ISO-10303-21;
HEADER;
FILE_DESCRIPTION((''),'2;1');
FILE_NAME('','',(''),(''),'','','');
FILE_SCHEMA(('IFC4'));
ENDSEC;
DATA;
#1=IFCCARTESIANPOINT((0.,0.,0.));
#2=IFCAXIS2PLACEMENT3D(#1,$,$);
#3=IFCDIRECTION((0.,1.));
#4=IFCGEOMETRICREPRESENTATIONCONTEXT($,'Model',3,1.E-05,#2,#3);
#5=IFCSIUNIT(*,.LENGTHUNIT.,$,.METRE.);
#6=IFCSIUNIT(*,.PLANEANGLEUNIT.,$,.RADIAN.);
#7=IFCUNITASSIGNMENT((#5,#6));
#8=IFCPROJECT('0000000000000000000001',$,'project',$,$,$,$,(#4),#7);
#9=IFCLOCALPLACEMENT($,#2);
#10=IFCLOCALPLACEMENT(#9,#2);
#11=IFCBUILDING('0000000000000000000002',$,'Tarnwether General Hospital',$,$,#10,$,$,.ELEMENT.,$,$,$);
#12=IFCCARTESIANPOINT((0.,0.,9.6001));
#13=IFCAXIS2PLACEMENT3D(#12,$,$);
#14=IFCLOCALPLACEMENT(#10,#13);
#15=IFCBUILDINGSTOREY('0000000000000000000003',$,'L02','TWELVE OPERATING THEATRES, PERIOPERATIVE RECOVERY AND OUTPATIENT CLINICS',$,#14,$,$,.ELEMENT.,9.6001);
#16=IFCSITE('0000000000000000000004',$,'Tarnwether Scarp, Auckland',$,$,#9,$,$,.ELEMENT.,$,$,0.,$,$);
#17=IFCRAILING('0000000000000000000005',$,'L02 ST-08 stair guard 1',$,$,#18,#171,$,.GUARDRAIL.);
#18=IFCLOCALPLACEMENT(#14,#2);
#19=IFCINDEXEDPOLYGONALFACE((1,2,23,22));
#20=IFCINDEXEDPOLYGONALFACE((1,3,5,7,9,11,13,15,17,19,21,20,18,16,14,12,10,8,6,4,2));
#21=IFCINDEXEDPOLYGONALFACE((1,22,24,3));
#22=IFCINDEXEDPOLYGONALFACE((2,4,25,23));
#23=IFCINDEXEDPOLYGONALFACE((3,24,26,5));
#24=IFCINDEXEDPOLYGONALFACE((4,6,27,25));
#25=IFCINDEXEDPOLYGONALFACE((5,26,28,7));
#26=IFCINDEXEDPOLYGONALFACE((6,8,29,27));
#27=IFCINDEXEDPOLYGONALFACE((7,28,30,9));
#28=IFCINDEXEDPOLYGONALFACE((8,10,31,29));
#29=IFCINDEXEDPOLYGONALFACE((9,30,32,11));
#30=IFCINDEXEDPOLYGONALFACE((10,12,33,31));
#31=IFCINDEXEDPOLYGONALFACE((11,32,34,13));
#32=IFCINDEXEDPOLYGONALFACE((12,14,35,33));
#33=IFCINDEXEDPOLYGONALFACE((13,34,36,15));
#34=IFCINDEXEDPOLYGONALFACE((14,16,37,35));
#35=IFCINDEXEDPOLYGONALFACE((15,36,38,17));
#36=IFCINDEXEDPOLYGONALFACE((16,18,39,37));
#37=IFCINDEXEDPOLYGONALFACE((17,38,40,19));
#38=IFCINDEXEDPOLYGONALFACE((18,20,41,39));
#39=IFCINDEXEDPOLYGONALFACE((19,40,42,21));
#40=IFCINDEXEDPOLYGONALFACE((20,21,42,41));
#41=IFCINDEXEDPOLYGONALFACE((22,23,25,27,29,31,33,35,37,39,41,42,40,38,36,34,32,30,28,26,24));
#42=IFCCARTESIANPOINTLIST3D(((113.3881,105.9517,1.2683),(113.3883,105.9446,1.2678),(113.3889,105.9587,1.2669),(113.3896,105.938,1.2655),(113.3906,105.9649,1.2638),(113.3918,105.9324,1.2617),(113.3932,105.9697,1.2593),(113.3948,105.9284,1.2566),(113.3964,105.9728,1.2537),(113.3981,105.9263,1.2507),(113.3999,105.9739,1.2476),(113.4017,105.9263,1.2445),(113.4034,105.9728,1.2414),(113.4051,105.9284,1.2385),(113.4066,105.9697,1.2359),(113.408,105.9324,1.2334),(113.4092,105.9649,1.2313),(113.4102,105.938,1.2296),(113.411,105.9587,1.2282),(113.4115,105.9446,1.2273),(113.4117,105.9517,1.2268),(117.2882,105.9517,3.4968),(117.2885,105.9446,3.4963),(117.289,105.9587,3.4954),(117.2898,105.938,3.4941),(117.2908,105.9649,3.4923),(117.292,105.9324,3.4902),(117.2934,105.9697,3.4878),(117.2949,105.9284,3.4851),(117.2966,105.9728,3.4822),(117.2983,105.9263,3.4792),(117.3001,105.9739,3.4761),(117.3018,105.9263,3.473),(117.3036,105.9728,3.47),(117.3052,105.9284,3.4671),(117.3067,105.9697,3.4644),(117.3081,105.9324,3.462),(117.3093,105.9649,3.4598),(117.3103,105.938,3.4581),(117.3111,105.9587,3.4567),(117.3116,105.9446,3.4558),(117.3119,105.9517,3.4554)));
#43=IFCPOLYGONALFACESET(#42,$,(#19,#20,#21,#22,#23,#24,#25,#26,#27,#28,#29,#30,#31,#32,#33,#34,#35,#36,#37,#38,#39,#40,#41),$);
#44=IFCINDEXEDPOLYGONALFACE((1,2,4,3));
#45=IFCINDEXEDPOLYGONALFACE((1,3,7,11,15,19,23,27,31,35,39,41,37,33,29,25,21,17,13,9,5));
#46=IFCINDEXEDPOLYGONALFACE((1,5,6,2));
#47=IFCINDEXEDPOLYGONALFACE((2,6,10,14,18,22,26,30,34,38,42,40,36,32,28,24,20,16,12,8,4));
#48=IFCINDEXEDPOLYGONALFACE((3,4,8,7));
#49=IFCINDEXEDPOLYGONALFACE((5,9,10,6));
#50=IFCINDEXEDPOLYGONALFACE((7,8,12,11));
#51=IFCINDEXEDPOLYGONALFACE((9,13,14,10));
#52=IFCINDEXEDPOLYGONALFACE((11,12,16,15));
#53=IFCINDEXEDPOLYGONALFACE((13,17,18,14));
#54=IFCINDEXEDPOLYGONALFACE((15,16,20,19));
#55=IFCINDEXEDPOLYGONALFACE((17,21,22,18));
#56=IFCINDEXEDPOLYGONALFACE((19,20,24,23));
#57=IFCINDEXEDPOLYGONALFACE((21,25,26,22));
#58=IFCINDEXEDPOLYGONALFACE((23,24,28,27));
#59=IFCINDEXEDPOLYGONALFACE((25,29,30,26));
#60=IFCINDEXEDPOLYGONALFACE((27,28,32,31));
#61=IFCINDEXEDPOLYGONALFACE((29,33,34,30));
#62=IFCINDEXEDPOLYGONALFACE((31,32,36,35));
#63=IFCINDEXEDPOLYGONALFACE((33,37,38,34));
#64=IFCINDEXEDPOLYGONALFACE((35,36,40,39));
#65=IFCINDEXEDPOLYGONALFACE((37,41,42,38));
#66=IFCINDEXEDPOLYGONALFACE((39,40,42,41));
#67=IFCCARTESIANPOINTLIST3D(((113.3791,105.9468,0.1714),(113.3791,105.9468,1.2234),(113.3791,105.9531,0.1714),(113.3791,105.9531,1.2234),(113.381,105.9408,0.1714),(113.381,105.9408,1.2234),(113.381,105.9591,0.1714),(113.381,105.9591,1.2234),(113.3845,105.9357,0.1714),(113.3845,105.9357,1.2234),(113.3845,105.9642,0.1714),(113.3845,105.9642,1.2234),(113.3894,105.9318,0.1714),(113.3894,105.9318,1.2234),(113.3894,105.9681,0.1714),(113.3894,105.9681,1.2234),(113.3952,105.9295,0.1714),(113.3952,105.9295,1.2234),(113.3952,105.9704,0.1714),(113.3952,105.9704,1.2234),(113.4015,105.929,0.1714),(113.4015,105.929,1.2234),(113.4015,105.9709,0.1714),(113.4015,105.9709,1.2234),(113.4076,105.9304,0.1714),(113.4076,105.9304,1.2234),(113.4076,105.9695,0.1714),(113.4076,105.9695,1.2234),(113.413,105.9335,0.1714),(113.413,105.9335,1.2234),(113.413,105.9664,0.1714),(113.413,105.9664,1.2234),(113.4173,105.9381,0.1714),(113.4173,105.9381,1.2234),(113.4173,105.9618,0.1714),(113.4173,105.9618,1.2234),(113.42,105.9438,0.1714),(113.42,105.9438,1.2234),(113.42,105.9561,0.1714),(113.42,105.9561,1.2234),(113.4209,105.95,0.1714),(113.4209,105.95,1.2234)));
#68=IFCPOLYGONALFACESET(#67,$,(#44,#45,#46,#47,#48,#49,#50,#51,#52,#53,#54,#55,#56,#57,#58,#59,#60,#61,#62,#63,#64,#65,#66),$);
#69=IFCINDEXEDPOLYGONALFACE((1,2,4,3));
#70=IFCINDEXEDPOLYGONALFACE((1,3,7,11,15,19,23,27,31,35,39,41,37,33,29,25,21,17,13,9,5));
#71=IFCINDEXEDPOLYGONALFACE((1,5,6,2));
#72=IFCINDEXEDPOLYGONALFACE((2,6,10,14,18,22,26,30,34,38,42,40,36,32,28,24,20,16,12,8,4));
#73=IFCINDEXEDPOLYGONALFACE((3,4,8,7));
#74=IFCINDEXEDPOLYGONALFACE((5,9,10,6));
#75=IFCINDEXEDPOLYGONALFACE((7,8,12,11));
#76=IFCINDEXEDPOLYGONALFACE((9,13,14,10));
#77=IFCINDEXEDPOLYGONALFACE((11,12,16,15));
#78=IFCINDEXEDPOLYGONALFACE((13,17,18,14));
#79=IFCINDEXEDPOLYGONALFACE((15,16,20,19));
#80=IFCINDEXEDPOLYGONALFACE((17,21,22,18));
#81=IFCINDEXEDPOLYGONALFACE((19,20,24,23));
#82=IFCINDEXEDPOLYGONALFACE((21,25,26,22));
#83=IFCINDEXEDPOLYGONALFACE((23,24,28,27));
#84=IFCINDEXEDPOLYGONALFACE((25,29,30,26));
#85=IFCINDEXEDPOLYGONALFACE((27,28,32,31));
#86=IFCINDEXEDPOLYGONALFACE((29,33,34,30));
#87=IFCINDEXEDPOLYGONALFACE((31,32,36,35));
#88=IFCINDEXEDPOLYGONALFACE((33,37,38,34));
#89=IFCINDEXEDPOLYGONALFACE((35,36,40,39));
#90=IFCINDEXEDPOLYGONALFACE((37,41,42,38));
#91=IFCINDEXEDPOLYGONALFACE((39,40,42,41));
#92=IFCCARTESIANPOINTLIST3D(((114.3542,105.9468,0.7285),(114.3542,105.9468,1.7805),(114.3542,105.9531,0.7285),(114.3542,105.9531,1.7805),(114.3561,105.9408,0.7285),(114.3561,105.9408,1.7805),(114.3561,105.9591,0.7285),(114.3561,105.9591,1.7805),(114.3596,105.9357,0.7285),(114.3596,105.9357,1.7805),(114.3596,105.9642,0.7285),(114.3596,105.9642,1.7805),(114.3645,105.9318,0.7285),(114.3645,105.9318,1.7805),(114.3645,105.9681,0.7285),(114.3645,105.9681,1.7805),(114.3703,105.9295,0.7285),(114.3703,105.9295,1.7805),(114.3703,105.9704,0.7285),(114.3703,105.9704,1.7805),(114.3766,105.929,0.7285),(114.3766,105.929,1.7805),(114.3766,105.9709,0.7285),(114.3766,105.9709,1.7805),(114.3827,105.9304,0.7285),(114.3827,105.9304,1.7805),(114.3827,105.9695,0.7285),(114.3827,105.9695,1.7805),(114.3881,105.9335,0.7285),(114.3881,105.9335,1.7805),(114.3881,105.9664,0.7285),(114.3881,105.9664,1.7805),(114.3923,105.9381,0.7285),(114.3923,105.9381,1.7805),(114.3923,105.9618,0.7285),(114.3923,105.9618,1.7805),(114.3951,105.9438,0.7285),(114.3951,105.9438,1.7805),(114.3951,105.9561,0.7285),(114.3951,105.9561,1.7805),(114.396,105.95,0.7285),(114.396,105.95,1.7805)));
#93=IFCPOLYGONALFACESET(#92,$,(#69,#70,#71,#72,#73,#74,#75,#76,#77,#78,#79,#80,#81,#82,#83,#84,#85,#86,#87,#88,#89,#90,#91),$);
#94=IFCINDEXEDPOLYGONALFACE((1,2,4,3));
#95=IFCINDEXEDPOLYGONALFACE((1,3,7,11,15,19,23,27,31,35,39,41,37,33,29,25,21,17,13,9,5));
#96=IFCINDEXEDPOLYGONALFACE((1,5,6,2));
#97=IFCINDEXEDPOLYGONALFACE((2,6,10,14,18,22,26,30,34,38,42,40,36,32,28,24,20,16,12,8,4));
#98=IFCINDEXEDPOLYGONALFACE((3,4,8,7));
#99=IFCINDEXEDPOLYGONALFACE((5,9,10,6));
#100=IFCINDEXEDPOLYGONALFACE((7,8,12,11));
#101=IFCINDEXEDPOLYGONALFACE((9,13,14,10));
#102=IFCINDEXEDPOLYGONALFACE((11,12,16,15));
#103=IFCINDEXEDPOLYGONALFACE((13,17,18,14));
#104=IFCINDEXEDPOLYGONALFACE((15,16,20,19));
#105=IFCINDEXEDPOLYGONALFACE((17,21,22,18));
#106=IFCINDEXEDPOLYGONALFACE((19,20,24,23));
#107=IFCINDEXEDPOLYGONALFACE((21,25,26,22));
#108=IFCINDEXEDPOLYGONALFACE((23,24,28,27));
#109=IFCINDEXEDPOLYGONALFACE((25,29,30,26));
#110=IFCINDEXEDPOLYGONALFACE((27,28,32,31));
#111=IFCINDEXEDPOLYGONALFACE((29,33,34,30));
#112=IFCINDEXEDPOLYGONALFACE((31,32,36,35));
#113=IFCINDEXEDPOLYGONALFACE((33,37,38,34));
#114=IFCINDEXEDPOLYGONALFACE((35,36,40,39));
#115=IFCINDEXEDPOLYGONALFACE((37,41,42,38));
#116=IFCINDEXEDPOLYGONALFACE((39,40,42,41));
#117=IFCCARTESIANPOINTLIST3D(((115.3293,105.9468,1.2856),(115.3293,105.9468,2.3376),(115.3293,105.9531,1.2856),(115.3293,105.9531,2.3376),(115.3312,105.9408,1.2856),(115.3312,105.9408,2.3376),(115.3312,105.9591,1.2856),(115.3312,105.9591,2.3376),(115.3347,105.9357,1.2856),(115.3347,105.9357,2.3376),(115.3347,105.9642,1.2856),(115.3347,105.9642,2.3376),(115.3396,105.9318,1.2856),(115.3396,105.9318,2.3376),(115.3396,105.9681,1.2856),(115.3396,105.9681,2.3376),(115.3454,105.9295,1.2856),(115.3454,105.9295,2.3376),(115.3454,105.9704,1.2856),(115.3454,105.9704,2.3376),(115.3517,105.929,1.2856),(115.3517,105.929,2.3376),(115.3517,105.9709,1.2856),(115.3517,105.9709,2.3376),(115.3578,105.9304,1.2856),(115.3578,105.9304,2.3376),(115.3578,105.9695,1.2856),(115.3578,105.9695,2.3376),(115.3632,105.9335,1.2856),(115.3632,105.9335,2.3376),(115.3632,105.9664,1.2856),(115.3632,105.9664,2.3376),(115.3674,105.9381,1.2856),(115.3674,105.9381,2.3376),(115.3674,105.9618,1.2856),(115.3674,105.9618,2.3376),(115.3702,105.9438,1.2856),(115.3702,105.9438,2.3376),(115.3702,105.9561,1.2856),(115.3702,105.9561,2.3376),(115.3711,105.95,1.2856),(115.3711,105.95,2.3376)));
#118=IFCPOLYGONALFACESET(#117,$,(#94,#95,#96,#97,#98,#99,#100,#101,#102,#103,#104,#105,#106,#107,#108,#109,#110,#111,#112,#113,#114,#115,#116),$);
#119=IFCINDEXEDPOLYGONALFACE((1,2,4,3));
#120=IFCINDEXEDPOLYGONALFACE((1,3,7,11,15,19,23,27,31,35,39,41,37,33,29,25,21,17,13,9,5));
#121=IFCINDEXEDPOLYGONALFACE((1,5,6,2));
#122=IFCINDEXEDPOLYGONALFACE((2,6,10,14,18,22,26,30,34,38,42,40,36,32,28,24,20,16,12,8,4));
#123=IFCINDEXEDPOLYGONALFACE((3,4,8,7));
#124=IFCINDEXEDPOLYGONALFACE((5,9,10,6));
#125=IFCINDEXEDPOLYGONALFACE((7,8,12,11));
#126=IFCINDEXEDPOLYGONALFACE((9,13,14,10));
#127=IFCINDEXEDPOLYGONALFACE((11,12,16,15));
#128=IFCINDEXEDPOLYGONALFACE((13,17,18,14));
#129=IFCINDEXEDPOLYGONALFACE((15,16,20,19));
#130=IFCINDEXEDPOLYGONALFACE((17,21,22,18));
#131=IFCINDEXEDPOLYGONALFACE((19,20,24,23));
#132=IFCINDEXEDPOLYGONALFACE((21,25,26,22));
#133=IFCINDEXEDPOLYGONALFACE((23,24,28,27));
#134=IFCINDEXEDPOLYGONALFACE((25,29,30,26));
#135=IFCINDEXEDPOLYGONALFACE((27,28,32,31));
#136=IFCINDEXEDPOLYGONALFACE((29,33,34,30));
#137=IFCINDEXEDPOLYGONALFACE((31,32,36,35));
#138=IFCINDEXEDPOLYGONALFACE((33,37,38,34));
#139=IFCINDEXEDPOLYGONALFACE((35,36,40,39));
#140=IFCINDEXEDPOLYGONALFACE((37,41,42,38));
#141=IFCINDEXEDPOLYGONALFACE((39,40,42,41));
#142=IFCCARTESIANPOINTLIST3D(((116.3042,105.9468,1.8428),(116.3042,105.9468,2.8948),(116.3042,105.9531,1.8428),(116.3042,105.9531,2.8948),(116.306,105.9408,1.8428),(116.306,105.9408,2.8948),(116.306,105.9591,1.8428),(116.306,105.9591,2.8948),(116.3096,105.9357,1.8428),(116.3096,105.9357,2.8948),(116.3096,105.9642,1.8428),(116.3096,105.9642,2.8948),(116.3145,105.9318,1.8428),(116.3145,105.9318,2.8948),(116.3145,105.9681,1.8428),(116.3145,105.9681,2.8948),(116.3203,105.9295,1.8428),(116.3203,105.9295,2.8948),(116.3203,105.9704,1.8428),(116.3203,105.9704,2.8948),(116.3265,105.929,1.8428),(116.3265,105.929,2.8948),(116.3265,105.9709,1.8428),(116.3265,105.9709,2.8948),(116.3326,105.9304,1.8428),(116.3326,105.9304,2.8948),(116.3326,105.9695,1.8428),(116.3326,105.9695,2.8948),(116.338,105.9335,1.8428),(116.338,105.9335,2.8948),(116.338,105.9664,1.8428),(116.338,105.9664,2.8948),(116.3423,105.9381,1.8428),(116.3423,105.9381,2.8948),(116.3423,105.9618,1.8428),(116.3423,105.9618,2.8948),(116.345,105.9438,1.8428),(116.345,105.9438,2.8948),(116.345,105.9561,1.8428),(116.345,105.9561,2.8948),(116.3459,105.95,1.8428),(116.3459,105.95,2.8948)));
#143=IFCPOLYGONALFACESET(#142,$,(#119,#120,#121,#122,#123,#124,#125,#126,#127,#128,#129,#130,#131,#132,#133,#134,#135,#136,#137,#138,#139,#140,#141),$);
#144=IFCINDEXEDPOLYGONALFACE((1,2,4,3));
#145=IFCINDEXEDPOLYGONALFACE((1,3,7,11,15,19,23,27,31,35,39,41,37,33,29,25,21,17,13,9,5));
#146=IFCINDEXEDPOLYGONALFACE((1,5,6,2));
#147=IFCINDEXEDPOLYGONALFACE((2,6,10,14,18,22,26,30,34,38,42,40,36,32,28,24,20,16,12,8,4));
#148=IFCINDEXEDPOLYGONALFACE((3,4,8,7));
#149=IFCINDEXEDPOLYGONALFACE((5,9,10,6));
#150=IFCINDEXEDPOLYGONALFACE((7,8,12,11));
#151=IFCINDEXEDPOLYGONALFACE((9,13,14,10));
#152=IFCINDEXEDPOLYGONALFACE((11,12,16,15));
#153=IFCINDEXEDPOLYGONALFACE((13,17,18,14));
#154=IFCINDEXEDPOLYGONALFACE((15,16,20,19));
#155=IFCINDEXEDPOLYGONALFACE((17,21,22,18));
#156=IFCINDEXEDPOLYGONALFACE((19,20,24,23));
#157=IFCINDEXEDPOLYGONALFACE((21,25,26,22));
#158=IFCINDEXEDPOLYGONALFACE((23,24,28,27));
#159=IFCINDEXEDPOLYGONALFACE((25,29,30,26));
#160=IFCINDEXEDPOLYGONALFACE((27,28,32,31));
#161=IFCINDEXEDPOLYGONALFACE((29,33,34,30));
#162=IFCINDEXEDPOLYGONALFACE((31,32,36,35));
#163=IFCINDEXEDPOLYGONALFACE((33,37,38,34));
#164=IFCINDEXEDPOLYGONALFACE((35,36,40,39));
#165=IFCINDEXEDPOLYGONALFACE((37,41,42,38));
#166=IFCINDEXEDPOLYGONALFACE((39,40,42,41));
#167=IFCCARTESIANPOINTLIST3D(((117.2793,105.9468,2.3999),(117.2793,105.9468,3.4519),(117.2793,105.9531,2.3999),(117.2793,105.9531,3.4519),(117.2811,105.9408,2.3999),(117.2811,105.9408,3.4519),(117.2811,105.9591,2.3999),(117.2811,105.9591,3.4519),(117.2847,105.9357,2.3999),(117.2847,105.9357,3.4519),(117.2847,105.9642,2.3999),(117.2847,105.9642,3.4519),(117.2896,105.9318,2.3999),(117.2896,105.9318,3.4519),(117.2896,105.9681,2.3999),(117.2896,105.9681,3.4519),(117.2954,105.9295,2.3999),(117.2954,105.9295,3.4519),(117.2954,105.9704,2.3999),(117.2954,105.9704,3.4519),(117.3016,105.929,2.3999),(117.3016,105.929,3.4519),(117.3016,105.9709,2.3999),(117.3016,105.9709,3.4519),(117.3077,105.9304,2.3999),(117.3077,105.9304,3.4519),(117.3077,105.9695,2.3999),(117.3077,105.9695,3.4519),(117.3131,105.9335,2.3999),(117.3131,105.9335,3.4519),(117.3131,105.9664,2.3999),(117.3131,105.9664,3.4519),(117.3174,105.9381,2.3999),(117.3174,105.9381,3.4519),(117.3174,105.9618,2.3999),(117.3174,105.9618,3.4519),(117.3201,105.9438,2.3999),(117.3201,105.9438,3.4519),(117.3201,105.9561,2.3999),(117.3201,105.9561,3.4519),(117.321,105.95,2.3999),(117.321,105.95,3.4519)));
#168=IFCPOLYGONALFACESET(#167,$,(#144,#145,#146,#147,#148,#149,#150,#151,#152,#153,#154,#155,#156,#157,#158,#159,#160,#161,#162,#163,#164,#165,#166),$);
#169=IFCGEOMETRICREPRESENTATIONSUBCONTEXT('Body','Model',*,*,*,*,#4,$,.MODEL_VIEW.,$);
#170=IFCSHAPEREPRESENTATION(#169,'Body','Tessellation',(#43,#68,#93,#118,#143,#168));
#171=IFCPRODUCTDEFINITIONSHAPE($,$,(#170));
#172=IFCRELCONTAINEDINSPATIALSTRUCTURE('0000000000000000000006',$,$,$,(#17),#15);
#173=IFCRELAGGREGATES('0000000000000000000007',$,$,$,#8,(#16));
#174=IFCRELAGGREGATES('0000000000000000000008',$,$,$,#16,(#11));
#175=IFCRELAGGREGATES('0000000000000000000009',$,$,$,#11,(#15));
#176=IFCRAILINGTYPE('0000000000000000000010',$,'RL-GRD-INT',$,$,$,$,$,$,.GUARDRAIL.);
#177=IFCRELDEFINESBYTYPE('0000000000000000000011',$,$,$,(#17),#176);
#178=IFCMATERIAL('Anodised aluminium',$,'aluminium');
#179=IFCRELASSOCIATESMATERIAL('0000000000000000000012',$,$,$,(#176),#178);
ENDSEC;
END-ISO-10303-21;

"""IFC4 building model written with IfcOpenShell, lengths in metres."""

from ifc_helpers import new_model, si_unit, direction, frame, origin, origin_2d, place, context, subcontext, project, spatial, circle, extrude, material, type_object, element, save


model = new_model("IFC4")

# Units and contexts
model_context = context("Model", 3, precision=1e-05, world=origin(), true_north=direction((0.0, 1.0)))
body_context = subcontext(model_context, "Body", "Model", "MODEL_VIEW")
ifc_project = project(units=[si_unit("LENGTHUNIT", "METRE"), si_unit("PLANEANGLEUNIT", "RADIAN")], contexts=[model_context])

# Site, building, storey
site_placement = place(None, origin())
site = spatial("IfcSite", under=ifc_project, at=site_placement, Name="Tarnwether Scarp, Auckland", CompositionType="ELEMENT", RefElevation=0.0)
building_placement = place(site_placement, origin())
building = spatial("IfcBuilding", under=site, at=building_placement, Name="Tarnwether General Hospital", CompositionType="ELEMENT")
storey_placement = place(building_placement, frame((0.0, 0.0, 9.6001)))
storey = spatial("IfcBuildingStorey", under=building, at=storey_placement, Name="L02", Description="TWELVE OPERATING THEATRES, PERIOPERATIVE RECOVERY AND OUTPATIENT CLINICS", CompositionType="ELEMENT", Elevation=9.6001)

# Railing
ifc_material_1 = material(Name="Anodised aluminium", Category="aluminium")
railing_type_1 = type_object("IfcRailingType", Name="RL-GRD-INT", PredefinedType="GUARDRAIL", material=ifc_material_1)
railing_1_placement = place(storey_placement, frame((113.3999, 105.95, 0.1714)))
element("IfcRailing", 1, at=railing_1_placement, inside=storey, type_object=railing_type_1, Name="L02 ST-08 stair guard 1", PredefinedType="GUARDRAIL", context=body_context, shape_type="SweptSolid", body=[
    extrude(circle(Radius=0.0239, at=origin_2d()), frame((0.0, 0.0, 1.0762), z_axis=(0.868257, 0.0, 0.496116), x_axis=(0.0, 1.0, 0.0)), (0.0, 0.0, 1.0), 4.4919),
    extrude(circle(Radius=0.021, at=origin_2d()), origin(), (0.0, 0.0, 1.0), 1.052),
    extrude(circle(Radius=0.021, at=origin_2d()), frame((0.9751, 0.0, 0.5571)), (0.0, 0.0, 1.0), 1.052),
    extrude(circle(Radius=0.021, at=origin_2d()), frame((1.9502, 0.0, 1.1143)), (0.0, 0.0, 1.0), 1.052),
    extrude(circle(Radius=0.021, at=origin_2d()), frame((2.925, 0.0, 1.6714)), (0.0, 0.0, 1.0), 1.052),
    extrude(circle(Radius=0.021, at=origin_2d()), frame((3.9001, 0.0, 2.2285)), (0.0, 0.0, 1.0), 1.052),
])

save(model, "model.ifc")
